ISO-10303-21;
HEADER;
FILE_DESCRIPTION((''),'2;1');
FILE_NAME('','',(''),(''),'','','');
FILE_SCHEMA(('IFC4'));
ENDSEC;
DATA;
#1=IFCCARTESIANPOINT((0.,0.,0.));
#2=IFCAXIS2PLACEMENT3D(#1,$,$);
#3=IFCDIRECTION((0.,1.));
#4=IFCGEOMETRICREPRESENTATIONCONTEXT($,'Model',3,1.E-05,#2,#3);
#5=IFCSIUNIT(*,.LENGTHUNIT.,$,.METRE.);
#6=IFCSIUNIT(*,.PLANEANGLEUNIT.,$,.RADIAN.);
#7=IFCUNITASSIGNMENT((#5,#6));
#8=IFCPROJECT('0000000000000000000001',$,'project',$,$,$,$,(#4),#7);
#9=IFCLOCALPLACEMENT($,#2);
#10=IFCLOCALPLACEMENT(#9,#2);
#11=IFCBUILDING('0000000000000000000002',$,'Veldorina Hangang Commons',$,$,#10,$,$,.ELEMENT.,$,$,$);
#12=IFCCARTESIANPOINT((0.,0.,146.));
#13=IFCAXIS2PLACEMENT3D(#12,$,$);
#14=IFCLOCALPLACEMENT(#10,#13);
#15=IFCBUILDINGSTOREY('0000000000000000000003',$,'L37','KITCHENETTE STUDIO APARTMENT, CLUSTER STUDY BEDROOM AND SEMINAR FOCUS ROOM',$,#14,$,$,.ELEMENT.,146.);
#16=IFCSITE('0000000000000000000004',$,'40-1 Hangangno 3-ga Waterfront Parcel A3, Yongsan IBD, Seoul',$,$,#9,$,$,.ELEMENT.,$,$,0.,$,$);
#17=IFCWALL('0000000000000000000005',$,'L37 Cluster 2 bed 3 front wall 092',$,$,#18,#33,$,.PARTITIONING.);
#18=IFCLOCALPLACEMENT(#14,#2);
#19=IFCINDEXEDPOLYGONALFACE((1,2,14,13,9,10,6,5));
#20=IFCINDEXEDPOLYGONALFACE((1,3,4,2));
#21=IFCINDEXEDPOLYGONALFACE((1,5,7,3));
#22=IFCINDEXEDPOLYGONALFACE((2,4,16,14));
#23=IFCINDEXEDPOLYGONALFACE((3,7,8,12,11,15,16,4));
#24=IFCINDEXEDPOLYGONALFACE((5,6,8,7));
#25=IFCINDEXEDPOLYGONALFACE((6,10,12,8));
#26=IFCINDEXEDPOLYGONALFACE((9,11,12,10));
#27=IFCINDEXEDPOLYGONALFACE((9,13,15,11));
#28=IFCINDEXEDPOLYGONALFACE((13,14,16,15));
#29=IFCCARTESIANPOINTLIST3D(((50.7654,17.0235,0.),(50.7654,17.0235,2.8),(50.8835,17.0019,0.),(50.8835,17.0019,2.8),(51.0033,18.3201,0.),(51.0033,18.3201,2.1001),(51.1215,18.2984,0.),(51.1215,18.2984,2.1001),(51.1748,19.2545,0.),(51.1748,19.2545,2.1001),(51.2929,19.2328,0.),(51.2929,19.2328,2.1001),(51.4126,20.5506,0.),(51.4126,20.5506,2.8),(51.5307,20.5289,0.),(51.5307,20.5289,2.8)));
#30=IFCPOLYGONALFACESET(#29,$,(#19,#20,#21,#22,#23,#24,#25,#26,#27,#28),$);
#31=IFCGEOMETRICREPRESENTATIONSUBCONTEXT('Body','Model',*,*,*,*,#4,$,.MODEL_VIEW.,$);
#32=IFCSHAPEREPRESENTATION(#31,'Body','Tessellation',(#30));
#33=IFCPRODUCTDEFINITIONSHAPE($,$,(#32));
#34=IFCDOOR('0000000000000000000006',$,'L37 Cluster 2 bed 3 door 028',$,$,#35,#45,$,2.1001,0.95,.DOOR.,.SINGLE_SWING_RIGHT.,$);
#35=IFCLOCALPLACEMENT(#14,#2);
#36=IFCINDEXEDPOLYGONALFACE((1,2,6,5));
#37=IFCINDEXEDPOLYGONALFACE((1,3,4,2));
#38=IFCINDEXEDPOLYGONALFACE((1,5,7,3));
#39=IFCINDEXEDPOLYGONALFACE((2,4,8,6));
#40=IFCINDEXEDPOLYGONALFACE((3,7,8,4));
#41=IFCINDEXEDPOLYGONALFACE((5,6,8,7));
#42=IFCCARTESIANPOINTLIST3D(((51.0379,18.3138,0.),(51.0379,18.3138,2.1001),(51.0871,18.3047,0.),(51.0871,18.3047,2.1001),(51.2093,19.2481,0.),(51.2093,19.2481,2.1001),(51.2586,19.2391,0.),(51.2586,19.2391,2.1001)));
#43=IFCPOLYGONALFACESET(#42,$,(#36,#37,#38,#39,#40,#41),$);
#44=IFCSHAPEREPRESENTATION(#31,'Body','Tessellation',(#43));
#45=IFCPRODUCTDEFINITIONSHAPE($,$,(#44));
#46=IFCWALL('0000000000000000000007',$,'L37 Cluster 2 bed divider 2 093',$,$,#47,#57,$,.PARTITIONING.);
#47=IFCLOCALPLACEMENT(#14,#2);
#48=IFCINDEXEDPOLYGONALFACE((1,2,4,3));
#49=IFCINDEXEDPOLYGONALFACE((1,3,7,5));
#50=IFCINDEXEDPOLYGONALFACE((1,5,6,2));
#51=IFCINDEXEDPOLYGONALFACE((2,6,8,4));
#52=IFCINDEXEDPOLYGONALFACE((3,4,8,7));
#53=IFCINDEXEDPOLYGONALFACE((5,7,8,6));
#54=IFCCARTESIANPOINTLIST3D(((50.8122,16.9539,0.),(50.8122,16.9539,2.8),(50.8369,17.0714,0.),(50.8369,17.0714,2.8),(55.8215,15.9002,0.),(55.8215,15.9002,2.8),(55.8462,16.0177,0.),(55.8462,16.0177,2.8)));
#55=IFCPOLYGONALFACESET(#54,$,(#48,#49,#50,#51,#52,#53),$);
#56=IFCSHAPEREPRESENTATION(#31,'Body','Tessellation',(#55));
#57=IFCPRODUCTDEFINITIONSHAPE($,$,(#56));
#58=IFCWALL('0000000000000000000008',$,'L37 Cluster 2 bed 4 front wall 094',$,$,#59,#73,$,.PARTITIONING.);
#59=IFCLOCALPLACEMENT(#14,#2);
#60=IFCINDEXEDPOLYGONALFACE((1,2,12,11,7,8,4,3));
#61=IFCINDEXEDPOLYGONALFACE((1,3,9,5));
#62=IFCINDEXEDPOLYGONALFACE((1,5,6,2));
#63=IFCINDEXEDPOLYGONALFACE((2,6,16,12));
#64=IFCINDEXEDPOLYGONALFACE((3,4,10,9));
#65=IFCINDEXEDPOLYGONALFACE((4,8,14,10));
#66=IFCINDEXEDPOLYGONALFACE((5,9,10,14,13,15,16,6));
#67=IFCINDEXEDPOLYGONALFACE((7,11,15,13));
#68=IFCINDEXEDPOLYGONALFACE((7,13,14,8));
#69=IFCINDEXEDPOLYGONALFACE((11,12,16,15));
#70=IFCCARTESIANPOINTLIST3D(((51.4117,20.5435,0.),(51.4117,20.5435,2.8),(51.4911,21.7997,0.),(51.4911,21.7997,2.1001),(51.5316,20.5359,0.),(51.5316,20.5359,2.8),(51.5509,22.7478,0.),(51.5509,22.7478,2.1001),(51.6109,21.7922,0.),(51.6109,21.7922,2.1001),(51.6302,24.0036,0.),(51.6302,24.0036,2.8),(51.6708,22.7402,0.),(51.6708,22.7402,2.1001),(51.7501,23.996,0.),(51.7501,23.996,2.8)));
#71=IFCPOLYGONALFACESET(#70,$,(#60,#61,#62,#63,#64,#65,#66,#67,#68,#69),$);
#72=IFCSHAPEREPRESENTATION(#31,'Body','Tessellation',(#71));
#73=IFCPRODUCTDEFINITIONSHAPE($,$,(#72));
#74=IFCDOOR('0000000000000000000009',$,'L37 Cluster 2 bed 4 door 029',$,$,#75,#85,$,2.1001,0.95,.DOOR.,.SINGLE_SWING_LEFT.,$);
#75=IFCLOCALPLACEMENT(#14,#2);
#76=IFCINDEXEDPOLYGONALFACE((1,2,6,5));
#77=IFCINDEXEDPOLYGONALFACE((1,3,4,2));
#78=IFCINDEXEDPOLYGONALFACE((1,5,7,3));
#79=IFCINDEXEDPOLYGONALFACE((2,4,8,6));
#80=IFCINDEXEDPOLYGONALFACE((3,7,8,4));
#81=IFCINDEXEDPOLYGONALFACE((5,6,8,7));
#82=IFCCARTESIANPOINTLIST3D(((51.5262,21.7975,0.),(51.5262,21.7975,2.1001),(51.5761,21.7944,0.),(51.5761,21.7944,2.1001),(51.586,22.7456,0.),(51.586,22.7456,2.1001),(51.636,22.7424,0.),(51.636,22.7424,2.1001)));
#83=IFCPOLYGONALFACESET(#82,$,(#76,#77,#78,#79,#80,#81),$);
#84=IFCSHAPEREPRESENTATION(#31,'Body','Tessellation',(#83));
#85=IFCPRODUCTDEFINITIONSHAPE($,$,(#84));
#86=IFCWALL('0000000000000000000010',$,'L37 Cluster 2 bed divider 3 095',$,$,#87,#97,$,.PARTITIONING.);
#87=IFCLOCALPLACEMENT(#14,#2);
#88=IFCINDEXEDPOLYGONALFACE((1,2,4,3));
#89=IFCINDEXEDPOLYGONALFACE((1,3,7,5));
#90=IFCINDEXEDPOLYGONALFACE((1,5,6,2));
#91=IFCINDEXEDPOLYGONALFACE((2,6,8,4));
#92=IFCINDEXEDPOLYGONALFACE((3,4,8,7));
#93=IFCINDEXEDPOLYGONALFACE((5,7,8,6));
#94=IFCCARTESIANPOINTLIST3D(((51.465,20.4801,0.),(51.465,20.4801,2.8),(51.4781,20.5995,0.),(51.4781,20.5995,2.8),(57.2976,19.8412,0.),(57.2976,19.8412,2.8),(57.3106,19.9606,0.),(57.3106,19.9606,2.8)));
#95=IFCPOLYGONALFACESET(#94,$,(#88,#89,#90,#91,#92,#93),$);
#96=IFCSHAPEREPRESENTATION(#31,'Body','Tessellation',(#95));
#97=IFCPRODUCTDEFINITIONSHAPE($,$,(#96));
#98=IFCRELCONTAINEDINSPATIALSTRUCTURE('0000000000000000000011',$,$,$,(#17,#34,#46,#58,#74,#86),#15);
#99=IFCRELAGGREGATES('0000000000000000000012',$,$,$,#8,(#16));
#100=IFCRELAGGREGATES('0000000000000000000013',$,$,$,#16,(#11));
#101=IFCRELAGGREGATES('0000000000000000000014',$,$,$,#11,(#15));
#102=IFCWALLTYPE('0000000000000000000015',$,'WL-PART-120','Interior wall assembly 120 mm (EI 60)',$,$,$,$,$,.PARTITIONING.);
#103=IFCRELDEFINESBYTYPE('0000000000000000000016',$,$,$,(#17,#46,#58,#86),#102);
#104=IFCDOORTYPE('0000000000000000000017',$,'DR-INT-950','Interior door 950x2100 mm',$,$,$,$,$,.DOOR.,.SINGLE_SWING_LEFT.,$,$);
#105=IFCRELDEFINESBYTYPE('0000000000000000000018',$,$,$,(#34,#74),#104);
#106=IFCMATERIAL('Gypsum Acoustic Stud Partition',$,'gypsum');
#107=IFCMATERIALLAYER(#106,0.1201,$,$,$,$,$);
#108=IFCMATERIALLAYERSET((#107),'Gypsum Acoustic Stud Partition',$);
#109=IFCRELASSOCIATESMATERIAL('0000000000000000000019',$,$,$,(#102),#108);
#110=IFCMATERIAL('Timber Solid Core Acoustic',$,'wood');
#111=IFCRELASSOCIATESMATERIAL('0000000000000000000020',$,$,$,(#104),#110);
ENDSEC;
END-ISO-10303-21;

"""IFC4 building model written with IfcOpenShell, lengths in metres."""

from ifc_helpers import new_model, si_unit, direction, frame, frame_2d, origin, place, context, subcontext, project, spatial, rectangle, extrude, material, layer, layer_set, type_object, element, fill, save


model = new_model("IFC4")

# Units and contexts
model_context = context("Model", 3, precision=1e-05, world=origin(), true_north=direction((0.0, 1.0)))
body_context = subcontext(model_context, "Body", "Model", "MODEL_VIEW")
ifc_project = project(units=[si_unit("LENGTHUNIT", "METRE"), si_unit("PLANEANGLEUNIT", "RADIAN")], contexts=[model_context])

# Site, building, storey
site_placement = place(None, origin())
site = spatial("IfcSite", under=ifc_project, at=site_placement, Name="40-1 Hangangno 3-ga Waterfront Parcel A3, Yongsan IBD, Seoul", CompositionType="ELEMENT", RefElevation=0.0)
building_placement = place(site_placement, origin())
building = spatial("IfcBuilding", under=site, at=building_placement, Name="Veldorina Hangang Commons", CompositionType="ELEMENT")
storey_placement = place(building_placement, frame((0.0, 0.0, 146.0)))
storey = spatial("IfcBuildingStorey", under=building, at=storey_placement, Name="L37", Description="KITCHENETTE STUDIO APARTMENT, CLUSTER STUDY BEDROOM AND SEMINAR FOCUS ROOM", CompositionType="ELEMENT", Elevation=146.0)

# Shared definitions
ifc_material_1 = material(Name="Gypsum Acoustic Stud Partition", Category="gypsum")
ifc_layer_1 = layer(ifc_material_1, 0.1201)
ifc_layer_set_1 = layer_set([ifc_layer_1], Name="Gypsum Acoustic Stud Partition")
wall_type_1 = type_object("IfcWallType", Name="WL-PART-120", Description="Interior wall assembly 120 mm (EI 60)", PredefinedType="PARTITIONING", material=ifc_layer_set_1)
ifc_material_2 = material(Name="Timber Solid Core Acoustic", Category="wood")
door_type = type_object("IfcDoorType", Name="DR-INT-950", Description="Interior door 950x2100 mm", OperationType="SINGLE_SWING_LEFT", PredefinedType="DOOR", material=ifc_material_2)

# Wall, opening, door
wall_1_placement = place(storey_placement, frame((50.8245, 17.0127, 0.0), z_axis=(0.0, 0.0, 1.0), x_axis=(0.180485, 0.983578, 0.0)))
wall_1 = element("IfcWall", 1, at=wall_1_placement, inside=storey, type_object=wall_type_1, Name="L37 Cluster 2 bed 3 front wall 092", PredefinedType="PARTITIONING", context=body_context, shape_type="SweptSolid", body=[
    extrude(rectangle(XDim=3.5859, YDim=0.1201, at=frame_2d((1.793, 0.0))), origin(), (0.0, 0.0, 1.0), 2.8),
])
opening_1_placement = place(wall_1_placement, frame((1.3181, 0.0, 0.0)))
opening_1 = element("IfcOpeningElement", 2, at=opening_1_placement, cuts=wall_1, PredefinedType="OPENING", context=body_context, shape_type="SweptSolid", body=[
    extrude(rectangle(XDim=0.95, YDim=2.1001, at=frame_2d((0.4751, 1.05))), frame((0.0, 0.0701, 0.0), z_axis=(0.0, -1.0, 0.0), x_axis=(1.0, 0.0, 0.0)), (0.0, 0.0, 1.0), 0.1401),
])
door_1_placement = place(opening_1_placement, origin())
door_1 = element("IfcDoor", 3, at=door_1_placement, inside=storey, type_object=door_type, Name="L37 Cluster 2 bed 3 door 028", OperationType="SINGLE_SWING_RIGHT", OverallHeight=2.1001, OverallWidth=0.95, PredefinedType="DOOR", context=body_context, shape_type="SweptSolid", body=[
    extrude(rectangle(XDim=0.95, YDim=2.1001, at=frame_2d((0.4751, 1.05))), frame((0.0, 0.0249, 0.0), z_axis=(0.0, -1.0, 0.0), x_axis=(1.0, 0.0, 0.0)), (0.0, 0.0, 1.0), 0.05),
])
fill(opening_1, door_1)

# Wall
wall_2_placement = place(storey_placement, frame((50.8245, 17.0127, 0.0), z_axis=(0.0, 0.0, 1.0), x_axis=(0.978584, -0.205847, 0.0)))
element("IfcWall", 4, at=wall_2_placement, inside=storey, type_object=wall_type_1, Name="L37 Cluster 2 bed divider 2 093", PredefinedType="PARTITIONING", context=body_context, shape_type="SweptSolid", body=[
    extrude(rectangle(XDim=5.1189, YDim=0.1201, at=frame_2d((2.5596, 0.0))), origin(), (0.0, 0.0, 1.0), 2.8),
])

# Wall, opening, door
wall_3_placement = place(storey_placement, frame((51.4717, 20.5398, 0.0), z_axis=(0.0, 0.0, 1.0), x_axis=(0.063023, 0.998012, 0.0)))
wall_3 = element("IfcWall", 5, at=wall_3_placement, inside=storey, type_object=wall_type_1, Name="L37 Cluster 2 bed 4 front wall 094", PredefinedType="PARTITIONING", context=body_context, shape_type="SweptSolid", body=[
    extrude(rectangle(XDim=3.467, YDim=0.1201, at=frame_2d((1.7334, 0.0))), origin(), (0.0, 0.0, 1.0), 2.8),
])
opening_2_placement = place(wall_3_placement, frame((1.2585, 0.0, 0.0)))
opening_2 = element("IfcOpeningElement", 6, at=opening_2_placement, cuts=wall_3, PredefinedType="OPENING", context=body_context, shape_type="SweptSolid", body=[
    extrude(rectangle(XDim=0.95, YDim=2.1001, at=frame_2d((0.4751, 1.05))), frame((0.0, 0.0701, 0.0), z_axis=(0.0, -1.0, 0.0), x_axis=(1.0, 0.0, 0.0)), (0.0, 0.0, 1.0), 0.1401),
])
door_2_placement = place(opening_2_placement, origin())
door_2 = element("IfcDoor", 7, at=door_2_placement, inside=storey, type_object=door_type, Name="L37 Cluster 2 bed 4 door 029", OperationType="SINGLE_SWING_LEFT", OverallHeight=2.1001, OverallWidth=0.95, PredefinedType="DOOR", context=body_context, shape_type="SweptSolid", body=[
    extrude(rectangle(XDim=0.95, YDim=2.1001, at=frame_2d((0.4751, 1.05))), frame((0.0, 0.0249, 0.0), z_axis=(0.0, -1.0, 0.0), x_axis=(1.0, 0.0, 0.0)), (0.0, 0.0, 1.0), 0.05),
])
fill(opening_2, door_2)

# Wall
wall_4_placement = place(storey_placement, frame((51.4717, 20.5398, 0.0), z_axis=(0.0, 0.0, 1.0), x_axis=(0.994054, -0.108892, 0.0)))
element("IfcWall", 8, at=wall_4_placement, inside=storey, type_object=wall_type_1, Name="L37 Cluster 2 bed divider 3 095", PredefinedType="PARTITIONING", context=body_context, shape_type="SweptSolid", body=[
    extrude(rectangle(XDim=5.8674, YDim=0.1201, at=frame_2d((2.9336, 0.0))), origin(), (0.0, 0.0, 1.0), 2.8),
])

save(model, "model.ifc")
